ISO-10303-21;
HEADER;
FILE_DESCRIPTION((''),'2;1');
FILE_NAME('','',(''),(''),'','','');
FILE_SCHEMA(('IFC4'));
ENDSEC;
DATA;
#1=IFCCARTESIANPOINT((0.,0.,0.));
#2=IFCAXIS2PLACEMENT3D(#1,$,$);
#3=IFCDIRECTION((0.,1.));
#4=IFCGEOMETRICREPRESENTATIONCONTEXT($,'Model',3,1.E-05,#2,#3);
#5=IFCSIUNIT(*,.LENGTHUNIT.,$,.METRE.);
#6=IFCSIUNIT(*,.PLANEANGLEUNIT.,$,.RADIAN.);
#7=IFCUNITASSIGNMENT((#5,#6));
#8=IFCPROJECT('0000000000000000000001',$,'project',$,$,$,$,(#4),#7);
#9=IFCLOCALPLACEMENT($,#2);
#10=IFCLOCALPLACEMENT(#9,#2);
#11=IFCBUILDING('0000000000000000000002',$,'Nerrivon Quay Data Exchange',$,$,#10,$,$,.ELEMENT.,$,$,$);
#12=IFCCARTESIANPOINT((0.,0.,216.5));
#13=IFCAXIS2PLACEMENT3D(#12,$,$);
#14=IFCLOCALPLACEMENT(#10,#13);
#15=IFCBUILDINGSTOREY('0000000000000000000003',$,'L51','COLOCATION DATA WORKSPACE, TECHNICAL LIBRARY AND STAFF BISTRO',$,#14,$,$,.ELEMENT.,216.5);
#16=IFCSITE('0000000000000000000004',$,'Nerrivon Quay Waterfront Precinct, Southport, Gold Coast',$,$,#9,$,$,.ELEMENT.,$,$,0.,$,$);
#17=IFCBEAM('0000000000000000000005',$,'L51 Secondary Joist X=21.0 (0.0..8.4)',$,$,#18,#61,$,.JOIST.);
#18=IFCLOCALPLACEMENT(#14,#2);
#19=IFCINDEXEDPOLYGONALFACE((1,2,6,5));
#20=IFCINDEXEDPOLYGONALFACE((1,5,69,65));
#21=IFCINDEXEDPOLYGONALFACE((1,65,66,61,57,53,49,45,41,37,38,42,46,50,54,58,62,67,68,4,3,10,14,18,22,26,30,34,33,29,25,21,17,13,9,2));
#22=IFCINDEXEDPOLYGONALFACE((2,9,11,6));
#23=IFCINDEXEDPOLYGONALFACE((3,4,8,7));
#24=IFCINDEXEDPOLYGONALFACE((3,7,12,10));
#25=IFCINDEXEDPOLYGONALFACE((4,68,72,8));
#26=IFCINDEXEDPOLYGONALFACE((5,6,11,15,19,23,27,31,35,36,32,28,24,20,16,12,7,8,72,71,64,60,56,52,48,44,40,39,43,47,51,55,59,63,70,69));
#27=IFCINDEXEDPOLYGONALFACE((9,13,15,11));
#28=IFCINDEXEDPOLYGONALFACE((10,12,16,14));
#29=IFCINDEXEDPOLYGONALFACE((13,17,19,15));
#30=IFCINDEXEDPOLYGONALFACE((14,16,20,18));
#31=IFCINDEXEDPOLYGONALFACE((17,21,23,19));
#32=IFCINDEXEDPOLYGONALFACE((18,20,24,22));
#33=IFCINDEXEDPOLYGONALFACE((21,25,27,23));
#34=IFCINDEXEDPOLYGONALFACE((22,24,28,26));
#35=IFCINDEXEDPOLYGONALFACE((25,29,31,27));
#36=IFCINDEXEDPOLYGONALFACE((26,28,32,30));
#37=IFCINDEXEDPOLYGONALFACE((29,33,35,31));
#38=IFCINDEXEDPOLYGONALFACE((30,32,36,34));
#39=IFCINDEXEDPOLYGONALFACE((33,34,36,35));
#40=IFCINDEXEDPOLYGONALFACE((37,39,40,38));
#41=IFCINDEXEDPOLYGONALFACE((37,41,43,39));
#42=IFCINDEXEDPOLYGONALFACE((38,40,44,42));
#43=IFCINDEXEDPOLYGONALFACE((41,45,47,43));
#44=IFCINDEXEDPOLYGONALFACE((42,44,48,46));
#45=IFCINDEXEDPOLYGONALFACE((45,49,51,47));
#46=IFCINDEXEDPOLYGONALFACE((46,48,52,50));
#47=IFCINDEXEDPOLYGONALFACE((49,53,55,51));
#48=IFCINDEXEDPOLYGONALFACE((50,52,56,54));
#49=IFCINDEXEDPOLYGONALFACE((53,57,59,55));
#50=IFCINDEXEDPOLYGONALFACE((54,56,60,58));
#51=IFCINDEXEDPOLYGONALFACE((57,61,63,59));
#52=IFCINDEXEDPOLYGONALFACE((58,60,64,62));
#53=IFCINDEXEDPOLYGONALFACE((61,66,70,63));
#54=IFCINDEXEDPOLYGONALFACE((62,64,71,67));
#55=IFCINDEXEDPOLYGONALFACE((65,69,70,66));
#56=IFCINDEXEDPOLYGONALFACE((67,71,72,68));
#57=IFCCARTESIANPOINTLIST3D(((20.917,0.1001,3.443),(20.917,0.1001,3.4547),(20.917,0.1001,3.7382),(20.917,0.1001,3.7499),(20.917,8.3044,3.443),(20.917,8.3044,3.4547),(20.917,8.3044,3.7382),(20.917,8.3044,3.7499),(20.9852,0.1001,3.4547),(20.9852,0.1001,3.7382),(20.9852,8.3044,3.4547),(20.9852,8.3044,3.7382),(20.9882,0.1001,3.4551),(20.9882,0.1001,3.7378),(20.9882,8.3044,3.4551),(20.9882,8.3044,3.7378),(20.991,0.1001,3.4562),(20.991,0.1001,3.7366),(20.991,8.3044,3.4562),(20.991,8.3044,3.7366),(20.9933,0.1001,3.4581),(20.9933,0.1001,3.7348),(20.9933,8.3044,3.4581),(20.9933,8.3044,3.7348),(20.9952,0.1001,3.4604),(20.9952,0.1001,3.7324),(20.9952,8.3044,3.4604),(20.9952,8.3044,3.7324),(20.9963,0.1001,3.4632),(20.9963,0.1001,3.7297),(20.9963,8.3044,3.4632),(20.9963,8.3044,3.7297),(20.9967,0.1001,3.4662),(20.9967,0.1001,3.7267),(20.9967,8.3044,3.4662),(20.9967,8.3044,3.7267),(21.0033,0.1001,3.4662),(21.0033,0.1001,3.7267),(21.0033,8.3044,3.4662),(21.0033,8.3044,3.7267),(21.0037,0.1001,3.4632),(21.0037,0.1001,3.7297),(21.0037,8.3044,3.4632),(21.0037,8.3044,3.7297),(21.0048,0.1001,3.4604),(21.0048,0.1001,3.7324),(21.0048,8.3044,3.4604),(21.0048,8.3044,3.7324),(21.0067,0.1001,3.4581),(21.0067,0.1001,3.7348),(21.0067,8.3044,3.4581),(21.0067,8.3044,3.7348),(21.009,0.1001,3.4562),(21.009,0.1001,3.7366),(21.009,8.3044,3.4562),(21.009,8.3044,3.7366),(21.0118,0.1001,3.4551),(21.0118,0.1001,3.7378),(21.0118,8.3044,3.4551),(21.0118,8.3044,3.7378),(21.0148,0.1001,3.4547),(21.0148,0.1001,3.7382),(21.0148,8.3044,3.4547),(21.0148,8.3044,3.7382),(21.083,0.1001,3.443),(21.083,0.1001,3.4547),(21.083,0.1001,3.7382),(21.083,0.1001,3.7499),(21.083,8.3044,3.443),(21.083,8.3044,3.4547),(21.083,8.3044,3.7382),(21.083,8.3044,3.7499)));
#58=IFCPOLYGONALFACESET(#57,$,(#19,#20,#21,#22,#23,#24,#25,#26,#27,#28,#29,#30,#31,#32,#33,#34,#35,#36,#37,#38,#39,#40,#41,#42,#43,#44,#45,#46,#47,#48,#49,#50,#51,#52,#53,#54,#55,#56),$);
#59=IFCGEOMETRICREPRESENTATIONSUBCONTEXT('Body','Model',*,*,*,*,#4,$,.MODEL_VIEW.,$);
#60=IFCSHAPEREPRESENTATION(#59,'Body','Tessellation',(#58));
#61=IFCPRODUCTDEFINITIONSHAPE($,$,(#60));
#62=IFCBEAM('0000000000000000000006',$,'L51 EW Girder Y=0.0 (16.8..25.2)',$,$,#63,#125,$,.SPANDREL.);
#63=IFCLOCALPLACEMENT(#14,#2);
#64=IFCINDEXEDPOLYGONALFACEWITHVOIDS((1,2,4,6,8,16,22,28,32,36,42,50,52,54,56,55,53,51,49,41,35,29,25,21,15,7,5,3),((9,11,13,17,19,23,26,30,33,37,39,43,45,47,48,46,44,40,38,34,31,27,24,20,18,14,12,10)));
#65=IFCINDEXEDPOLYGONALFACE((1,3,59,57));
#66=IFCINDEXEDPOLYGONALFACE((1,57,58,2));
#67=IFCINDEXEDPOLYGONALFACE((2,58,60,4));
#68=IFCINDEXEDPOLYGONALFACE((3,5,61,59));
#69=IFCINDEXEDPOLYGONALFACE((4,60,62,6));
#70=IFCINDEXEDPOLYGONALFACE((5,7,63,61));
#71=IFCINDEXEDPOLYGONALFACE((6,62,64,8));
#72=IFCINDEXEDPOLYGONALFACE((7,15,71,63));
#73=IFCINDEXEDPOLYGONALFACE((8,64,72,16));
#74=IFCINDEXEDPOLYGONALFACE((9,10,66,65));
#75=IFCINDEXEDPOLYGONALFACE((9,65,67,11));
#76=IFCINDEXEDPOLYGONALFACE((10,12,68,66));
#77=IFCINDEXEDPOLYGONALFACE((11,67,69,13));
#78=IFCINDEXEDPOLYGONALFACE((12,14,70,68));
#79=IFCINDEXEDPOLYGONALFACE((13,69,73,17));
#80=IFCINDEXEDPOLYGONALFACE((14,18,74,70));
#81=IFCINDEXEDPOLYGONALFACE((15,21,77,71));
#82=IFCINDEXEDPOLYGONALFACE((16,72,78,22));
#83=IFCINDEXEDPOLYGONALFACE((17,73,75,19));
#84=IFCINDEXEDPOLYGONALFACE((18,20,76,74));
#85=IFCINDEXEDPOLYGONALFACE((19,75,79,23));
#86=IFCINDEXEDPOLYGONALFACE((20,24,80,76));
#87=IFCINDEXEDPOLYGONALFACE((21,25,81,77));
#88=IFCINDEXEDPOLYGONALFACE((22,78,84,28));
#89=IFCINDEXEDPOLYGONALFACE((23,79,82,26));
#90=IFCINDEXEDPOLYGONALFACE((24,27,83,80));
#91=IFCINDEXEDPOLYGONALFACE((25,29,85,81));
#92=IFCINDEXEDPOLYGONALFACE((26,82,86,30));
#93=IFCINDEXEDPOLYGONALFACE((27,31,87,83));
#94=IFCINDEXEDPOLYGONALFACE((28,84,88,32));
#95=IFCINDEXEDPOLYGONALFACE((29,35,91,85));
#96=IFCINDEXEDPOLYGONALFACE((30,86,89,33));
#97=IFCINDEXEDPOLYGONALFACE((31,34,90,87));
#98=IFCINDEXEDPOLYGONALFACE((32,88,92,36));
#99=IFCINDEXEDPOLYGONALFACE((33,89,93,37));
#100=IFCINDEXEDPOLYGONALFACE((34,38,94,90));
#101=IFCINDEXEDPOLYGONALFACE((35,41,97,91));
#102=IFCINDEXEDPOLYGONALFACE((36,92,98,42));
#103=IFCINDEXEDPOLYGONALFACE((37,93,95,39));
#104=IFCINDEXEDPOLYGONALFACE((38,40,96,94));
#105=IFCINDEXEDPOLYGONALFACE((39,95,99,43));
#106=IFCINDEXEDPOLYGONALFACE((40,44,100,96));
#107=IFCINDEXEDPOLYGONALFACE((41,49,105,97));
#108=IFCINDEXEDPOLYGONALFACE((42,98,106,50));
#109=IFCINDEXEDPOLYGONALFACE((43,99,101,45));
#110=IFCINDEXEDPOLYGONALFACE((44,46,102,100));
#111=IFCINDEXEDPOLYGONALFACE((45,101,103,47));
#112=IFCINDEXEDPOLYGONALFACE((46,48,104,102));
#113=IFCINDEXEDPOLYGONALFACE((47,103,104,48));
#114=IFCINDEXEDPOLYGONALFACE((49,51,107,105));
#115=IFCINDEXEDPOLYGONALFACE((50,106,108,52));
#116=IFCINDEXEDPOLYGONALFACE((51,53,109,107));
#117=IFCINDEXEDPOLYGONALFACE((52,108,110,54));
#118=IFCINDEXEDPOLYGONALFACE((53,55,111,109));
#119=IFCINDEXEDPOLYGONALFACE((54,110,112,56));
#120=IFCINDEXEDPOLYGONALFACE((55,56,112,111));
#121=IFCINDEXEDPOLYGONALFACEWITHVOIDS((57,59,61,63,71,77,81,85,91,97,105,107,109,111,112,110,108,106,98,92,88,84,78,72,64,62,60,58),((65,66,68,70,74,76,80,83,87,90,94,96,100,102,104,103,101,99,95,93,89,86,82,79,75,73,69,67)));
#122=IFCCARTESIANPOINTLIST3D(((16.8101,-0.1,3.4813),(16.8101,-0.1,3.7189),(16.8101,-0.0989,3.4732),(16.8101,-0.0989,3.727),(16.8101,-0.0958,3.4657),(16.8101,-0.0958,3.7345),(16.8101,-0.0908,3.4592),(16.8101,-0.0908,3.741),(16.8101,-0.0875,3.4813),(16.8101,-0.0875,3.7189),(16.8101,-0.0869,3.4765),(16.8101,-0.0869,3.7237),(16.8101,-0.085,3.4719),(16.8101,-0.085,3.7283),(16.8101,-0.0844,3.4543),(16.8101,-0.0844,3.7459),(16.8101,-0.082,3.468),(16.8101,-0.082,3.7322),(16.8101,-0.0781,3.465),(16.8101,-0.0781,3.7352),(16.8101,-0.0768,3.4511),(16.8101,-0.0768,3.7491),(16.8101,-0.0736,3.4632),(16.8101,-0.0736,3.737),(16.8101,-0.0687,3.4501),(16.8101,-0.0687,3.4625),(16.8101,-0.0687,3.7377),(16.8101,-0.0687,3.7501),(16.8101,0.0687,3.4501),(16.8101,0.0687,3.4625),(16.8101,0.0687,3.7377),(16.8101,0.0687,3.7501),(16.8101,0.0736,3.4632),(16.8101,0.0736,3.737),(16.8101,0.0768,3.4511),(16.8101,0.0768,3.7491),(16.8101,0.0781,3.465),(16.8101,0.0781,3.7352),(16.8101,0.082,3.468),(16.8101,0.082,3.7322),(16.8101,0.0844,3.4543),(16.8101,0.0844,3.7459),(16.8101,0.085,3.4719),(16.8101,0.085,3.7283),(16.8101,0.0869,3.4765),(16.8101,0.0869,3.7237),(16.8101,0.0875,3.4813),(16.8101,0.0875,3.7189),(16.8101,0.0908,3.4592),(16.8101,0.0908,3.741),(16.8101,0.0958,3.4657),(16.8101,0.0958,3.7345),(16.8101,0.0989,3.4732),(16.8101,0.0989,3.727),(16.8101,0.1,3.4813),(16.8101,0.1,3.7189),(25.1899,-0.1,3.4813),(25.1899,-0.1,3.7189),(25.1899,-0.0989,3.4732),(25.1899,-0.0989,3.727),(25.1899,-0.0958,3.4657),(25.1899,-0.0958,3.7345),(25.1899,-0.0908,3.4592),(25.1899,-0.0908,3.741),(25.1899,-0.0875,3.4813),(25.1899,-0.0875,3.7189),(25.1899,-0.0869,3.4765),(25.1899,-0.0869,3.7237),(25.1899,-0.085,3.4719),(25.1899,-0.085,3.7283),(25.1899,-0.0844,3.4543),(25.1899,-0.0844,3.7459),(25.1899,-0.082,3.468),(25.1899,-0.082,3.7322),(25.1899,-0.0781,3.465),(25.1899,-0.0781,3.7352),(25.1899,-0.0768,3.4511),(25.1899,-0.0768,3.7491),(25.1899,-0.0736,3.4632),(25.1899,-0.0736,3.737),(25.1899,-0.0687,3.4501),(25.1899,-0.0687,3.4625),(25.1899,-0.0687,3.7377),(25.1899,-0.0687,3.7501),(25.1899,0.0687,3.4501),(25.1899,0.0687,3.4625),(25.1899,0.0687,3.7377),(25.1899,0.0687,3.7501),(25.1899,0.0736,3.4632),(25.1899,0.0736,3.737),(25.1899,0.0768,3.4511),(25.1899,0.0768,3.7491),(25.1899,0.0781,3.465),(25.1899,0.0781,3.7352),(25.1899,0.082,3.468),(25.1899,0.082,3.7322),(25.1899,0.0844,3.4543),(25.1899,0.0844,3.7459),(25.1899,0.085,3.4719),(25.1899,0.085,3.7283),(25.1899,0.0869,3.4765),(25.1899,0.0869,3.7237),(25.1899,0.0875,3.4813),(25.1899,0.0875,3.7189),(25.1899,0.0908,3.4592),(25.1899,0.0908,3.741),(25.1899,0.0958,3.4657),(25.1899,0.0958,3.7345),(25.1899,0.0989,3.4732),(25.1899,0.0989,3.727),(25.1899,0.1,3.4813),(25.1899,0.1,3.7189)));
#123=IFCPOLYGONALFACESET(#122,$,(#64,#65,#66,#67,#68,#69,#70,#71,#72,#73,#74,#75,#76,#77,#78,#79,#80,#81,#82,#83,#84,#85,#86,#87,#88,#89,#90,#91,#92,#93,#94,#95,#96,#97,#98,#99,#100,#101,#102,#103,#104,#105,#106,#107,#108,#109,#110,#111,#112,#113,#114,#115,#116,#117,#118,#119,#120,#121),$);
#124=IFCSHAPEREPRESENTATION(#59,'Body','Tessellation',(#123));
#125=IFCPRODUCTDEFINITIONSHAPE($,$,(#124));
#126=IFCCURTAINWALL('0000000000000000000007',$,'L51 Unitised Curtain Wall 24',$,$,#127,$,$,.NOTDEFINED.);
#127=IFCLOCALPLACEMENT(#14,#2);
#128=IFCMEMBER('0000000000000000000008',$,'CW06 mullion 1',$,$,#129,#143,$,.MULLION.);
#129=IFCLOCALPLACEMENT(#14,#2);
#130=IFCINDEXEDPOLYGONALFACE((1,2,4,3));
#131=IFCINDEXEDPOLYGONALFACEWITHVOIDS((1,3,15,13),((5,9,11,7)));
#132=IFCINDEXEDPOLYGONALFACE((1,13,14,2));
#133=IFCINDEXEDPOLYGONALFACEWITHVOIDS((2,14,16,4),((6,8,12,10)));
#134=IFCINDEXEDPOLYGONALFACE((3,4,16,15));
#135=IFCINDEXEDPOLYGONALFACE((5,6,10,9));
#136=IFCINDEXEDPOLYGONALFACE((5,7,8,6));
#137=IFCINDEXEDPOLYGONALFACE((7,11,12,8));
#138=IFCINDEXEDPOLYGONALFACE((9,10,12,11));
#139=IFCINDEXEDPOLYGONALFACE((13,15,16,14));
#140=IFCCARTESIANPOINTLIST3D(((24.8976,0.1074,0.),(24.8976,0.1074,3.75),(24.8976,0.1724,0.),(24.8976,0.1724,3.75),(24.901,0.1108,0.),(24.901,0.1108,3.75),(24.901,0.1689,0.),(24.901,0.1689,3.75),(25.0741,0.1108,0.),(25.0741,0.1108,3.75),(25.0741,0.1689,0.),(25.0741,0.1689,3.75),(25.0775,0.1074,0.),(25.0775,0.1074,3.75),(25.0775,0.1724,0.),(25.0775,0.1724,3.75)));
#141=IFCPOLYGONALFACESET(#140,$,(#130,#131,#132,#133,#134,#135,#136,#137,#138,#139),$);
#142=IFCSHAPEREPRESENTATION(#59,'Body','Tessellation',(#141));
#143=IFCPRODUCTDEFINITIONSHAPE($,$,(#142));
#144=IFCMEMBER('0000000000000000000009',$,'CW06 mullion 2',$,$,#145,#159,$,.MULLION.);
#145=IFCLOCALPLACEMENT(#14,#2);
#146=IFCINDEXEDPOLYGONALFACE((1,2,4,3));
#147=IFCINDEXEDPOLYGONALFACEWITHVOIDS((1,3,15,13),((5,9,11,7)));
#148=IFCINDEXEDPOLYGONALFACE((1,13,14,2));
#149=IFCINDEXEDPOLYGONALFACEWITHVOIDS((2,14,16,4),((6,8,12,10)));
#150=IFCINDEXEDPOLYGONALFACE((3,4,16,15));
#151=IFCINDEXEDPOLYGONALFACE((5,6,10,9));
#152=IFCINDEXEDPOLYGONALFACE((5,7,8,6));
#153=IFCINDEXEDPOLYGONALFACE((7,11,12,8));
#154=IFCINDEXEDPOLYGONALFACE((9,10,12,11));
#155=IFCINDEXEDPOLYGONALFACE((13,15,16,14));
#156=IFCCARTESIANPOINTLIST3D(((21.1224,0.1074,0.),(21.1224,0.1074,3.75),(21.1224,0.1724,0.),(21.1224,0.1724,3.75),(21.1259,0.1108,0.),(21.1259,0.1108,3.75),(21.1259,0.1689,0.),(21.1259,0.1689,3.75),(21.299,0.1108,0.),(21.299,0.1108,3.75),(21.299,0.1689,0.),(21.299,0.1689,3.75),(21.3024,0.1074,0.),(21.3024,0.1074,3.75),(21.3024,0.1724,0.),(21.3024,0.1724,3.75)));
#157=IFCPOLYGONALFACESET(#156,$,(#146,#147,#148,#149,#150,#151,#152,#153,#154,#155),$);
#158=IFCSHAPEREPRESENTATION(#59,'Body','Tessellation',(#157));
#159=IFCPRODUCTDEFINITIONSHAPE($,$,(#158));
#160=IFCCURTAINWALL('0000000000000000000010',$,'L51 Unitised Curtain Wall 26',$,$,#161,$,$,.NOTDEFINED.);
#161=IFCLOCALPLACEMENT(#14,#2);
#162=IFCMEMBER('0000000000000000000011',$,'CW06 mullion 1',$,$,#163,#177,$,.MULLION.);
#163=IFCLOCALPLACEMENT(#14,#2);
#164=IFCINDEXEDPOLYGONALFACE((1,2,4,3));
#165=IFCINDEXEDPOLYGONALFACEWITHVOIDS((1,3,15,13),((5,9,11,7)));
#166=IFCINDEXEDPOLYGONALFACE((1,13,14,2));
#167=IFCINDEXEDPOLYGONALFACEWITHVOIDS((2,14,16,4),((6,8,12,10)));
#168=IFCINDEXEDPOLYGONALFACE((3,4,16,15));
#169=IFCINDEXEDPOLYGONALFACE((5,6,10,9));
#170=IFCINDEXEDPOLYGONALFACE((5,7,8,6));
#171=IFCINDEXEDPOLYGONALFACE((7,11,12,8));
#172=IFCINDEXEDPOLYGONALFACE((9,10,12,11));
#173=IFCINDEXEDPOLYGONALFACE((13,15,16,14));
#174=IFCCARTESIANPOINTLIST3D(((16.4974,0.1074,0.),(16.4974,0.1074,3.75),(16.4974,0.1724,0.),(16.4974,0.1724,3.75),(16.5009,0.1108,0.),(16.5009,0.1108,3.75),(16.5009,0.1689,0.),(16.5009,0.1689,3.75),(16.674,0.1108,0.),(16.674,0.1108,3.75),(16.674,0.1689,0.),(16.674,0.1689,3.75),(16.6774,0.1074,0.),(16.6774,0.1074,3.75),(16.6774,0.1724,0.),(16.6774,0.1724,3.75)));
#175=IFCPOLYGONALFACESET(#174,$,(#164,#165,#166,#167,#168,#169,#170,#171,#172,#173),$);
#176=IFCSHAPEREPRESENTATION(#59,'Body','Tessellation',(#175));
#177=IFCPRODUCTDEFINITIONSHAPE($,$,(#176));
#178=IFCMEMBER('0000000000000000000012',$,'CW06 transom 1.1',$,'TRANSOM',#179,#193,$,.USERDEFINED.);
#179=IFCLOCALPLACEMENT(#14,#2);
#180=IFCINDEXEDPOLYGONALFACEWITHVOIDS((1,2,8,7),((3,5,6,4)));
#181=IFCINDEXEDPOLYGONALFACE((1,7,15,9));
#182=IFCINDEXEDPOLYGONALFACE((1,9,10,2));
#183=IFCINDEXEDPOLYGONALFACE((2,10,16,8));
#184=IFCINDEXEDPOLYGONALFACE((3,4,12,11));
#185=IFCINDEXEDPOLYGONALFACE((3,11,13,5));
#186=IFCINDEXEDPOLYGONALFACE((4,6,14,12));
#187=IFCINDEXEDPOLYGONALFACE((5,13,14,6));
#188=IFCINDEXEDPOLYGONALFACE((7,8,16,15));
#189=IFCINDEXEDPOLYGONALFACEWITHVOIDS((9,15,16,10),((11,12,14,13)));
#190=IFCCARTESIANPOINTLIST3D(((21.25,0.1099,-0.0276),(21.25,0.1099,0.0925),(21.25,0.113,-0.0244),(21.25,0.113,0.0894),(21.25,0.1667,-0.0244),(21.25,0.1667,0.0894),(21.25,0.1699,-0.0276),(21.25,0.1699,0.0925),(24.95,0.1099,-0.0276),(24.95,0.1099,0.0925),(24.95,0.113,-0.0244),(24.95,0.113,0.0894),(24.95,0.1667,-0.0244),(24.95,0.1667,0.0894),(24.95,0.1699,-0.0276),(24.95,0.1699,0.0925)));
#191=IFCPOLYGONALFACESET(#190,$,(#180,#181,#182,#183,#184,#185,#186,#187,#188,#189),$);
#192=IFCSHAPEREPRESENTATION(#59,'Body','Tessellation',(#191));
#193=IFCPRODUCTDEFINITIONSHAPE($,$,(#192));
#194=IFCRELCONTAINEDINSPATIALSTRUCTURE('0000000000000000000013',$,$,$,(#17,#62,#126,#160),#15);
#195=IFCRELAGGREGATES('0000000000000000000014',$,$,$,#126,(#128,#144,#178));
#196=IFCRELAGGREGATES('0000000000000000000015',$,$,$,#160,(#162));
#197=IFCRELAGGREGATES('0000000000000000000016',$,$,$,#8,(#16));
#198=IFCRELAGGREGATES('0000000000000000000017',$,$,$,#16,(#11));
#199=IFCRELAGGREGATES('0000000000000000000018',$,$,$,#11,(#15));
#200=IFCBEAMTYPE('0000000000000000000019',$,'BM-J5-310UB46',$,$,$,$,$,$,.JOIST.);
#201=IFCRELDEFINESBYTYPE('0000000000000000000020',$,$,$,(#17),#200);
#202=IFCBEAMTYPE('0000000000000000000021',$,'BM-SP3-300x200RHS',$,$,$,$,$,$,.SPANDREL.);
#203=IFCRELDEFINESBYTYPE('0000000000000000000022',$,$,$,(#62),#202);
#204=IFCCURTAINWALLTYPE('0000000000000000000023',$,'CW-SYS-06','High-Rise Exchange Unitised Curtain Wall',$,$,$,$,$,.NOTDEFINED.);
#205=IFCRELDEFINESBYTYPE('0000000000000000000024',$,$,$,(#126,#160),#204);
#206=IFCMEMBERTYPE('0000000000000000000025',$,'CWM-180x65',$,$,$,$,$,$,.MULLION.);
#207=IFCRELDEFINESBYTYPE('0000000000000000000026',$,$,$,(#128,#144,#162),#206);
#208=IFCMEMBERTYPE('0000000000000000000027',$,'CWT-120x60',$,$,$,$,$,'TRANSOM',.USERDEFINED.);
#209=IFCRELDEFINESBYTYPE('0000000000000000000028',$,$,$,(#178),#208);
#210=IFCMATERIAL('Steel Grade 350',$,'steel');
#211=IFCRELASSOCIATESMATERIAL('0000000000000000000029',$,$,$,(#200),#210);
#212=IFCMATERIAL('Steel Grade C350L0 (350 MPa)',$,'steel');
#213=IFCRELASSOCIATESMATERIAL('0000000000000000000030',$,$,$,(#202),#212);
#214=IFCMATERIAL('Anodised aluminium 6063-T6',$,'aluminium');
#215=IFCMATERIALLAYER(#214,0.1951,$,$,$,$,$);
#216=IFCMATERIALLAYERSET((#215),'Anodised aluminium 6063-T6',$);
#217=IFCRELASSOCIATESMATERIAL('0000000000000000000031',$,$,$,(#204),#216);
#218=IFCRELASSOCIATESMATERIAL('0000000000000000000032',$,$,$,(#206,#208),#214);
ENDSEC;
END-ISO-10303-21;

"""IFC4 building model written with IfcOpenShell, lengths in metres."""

from ifc_helpers import new_model, si_unit, direction, frame, origin, origin_2d, place, context, subcontext, project, spatial, hollow_rectangle, i_section, extrude, material, layer, layer_set, material_profile, profile_set, type_object, element, aggregate, save


model = new_model("IFC4")

# Units and contexts
model_context = context("Model", 3, precision=1e-05, world=origin(), true_north=direction((0.0, 1.0)))
body_context = subcontext(model_context, "Body", "Model", "MODEL_VIEW")
ifc_project = project(units=[si_unit("LENGTHUNIT", "METRE"), si_unit("PLANEANGLEUNIT", "RADIAN")], contexts=[model_context])

# Site, building, storey
site_placement = place(None, origin())
site = spatial("IfcSite", under=ifc_project, at=site_placement, Name="Nerrivon Quay Waterfront Precinct, Southport, Gold Coast", CompositionType="ELEMENT", RefElevation=0.0)
building_placement = place(site_placement, origin())
building = spatial("IfcBuilding", under=site, at=building_placement, Name="Nerrivon Quay Data Exchange", CompositionType="ELEMENT")
storey_placement = place(building_placement, frame((0.0, 0.0, 216.5)))
storey = spatial("IfcBuildingStorey", under=building, at=storey_placement, Name="L51", Description="COLOCATION DATA WORKSPACE, TECHNICAL LIBRARY AND STAFF BISTRO", CompositionType="ELEMENT", Elevation=216.5)

# Shared definitions
ifc_material_1 = material(Name="Steel Grade 350", Category="steel")

# Beams
ifc_material_profile_1 = material_profile(ifc_material_1, i_section(OverallWidth=0.166, OverallDepth=0.3069, WebThickness=0.0066, FlangeThickness=0.0117, FilletRadius=0.0115, at=origin_2d()), Name="310UB46.2")
ifc_profile_set_1 = profile_set([ifc_material_profile_1], Name="Steel Grade 350")
beam_type_1 = type_object("IfcBeamType", Name="BM-J5-310UB46", PredefinedType="JOIST", material=ifc_profile_set_1)
beam_1_placement = place(storey_placement, frame((21.0, 0.1001, 3.5964), z_axis=(0.0, 1.0, 0.0), x_axis=(-1.0, 0.0, 0.0)))
element("IfcBeam", 1, at=beam_1_placement, inside=storey, type_object=beam_type_1, Name="L51 Secondary Joist X=21.0 (0.0..8.4)", PredefinedType="JOIST", context=body_context, shape_type="SweptSolid", body=[
    extrude(i_section(OverallWidth=0.166, OverallDepth=0.3069, WebThickness=0.0066, FlangeThickness=0.0117, FilletRadius=0.0115, at=origin_2d()), origin(), (0.0, 0.0, 1.0), 8.2043),
])
ifc_material_2 = material(Name="Steel Grade C350L0 (350 MPa)", Category="steel")
ifc_material_profile_2 = material_profile(ifc_material_2, hollow_rectangle(XDim=0.2, YDim=0.3, WallThickness=0.0125, InnerFilletRadius=0.0188, OuterFilletRadius=0.0312, at=origin_2d()), Name="300x200x12.5RHS")
ifc_profile_set_2 = profile_set([ifc_material_profile_2], Name="Steel Grade C350L0 (350 MPa)")
beam_type_2 = type_object("IfcBeamType", Name="BM-SP3-300x200RHS", PredefinedType="SPANDREL", material=ifc_profile_set_2)
beam_2_placement = place(storey_placement, frame((16.8101, 0.0, 3.6001), z_axis=(1.0, 0.0, 0.0), x_axis=(0.0, 1.0, 0.0)))
element("IfcBeam", 2, at=beam_2_placement, inside=storey, type_object=beam_type_2, Name="L51 EW Girder Y=0.0 (16.8..25.2)", PredefinedType="SPANDREL", context=body_context, shape_type="SweptSolid", body=[
    extrude(hollow_rectangle(XDim=0.2, YDim=0.3, WallThickness=0.0125, InnerFilletRadius=0.0188, OuterFilletRadius=0.0312, at=origin_2d()), origin(), (0.0, 0.0, 1.0), 8.3799),
])

# Curtain wall, members
ifc_material_3 = material(Name="Anodised aluminium 6063-T6", Category="aluminium")
ifc_layer_1 = layer(ifc_material_3, 0.1951)
ifc_layer_set_1 = layer_set([ifc_layer_1], Name="Anodised aluminium 6063-T6")
curtain_wall_type = type_object("IfcCurtainWallType", Name="CW-SYS-06", Description="High-Rise Exchange Unitised Curtain Wall", PredefinedType="NOTDEFINED", material=ifc_layer_set_1)
curtain_wall_1_placement = place(storey_placement, origin())
curtain_wall_1 = element("IfcCurtainWall", 3, at=curtain_wall_1_placement, inside=storey, type_object=curtain_wall_type, Name="L51 Unitised Curtain Wall 24", PredefinedType="NOTDEFINED")
ifc_material_profile_3 = material_profile(ifc_material_3, hollow_rectangle(XDim=0.0649, YDim=0.1799, WallThickness=0.0034, at=origin_2d()), Name="ALU-MULL-180x65")
ifc_profile_set_3 = profile_set([ifc_material_profile_3], Name="Anodised aluminium 6063-T6")
member_type_1 = type_object("IfcMemberType", Name="CWM-180x65", PredefinedType="MULLION", material=ifc_profile_set_3)
member_1_placement = place(storey_placement, frame((24.9875, 0.1399, 0.0), z_axis=(0.0, 0.0, 1.0), x_axis=(0.0, -1.0, 0.0)))
member_1 = element("IfcMember", 4, at=member_1_placement, type_object=member_type_1, Name="CW06 mullion 1", PredefinedType="MULLION", context=body_context, shape_type="SweptSolid", body=[
    extrude(hollow_rectangle(XDim=0.0649, YDim=0.1799, WallThickness=0.0034, at=origin_2d()), origin(), (0.0, 0.0, 1.0), 3.75),
])
member_2_placement = place(storey_placement, frame((21.2124, 0.1399, 0.0), z_axis=(0.0, 0.0, 1.0), x_axis=(0.0, -1.0, 0.0)))
member_2 = element("IfcMember", 5, at=member_2_placement, type_object=member_type_1, Name="CW06 mullion 2", PredefinedType="MULLION", context=body_context, shape_type="SweptSolid", body=[
    extrude(hollow_rectangle(XDim=0.0649, YDim=0.1799, WallThickness=0.0034, at=origin_2d()), origin(), (0.0, 0.0, 1.0), 3.75),
])

# Curtain wall, member
curtain_wall_2_placement = place(storey_placement, origin())
curtain_wall_2 = element("IfcCurtainWall", 6, at=curtain_wall_2_placement, inside=storey, type_object=curtain_wall_type, Name="L51 Unitised Curtain Wall 26", PredefinedType="NOTDEFINED")
member_3_placement = place(storey_placement, frame((16.5874, 0.1399, 0.0), z_axis=(0.0, 0.0, 1.0), x_axis=(0.0, -1.0, 0.0)))
member_3 = element("IfcMember", 7, at=member_3_placement, type_object=member_type_1, Name="CW06 mullion 1", PredefinedType="MULLION", context=body_context, shape_type="SweptSolid", body=[
    extrude(hollow_rectangle(XDim=0.0649, YDim=0.1799, WallThickness=0.0034, at=origin_2d()), origin(), (0.0, 0.0, 1.0), 3.75),
])

# Member
ifc_material_profile_4 = material_profile(ifc_material_3, hollow_rectangle(XDim=0.0601, YDim=0.1201, WallThickness=0.0032, at=origin_2d()), Name="ALU-TRAN-120x60")
ifc_profile_set_4 = profile_set([ifc_material_profile_4], Name="Anodised aluminium 6063-T6")
member_type_2 = type_object("IfcMemberType", Name="CWT-120x60", ElementType="TRANSOM", PredefinedType="USERDEFINED", material=ifc_profile_set_4)
member_4_placement = place(storey_placement, frame((24.95, 0.1399, 0.0325), z_axis=(-1.0, 0.0, 0.0), x_axis=(0.0, -1.0, 0.0)))
member_4 = element("IfcMember", 8, at=member_4_placement, type_object=member_type_2, Name="CW06 transom 1.1", ObjectType="TRANSOM", PredefinedType="USERDEFINED", context=body_context, shape_type="SweptSolid", body=[
    extrude(hollow_rectangle(XDim=0.0601, YDim=0.1201, WallThickness=0.0032, at=origin_2d()), origin(), (0.0, 0.0, 1.0), 3.7),
])

aggregate(curtain_wall_1, [member_1, member_2, member_4])
aggregate(curtain_wall_2, [member_3])

save(model, "model.ifc")
